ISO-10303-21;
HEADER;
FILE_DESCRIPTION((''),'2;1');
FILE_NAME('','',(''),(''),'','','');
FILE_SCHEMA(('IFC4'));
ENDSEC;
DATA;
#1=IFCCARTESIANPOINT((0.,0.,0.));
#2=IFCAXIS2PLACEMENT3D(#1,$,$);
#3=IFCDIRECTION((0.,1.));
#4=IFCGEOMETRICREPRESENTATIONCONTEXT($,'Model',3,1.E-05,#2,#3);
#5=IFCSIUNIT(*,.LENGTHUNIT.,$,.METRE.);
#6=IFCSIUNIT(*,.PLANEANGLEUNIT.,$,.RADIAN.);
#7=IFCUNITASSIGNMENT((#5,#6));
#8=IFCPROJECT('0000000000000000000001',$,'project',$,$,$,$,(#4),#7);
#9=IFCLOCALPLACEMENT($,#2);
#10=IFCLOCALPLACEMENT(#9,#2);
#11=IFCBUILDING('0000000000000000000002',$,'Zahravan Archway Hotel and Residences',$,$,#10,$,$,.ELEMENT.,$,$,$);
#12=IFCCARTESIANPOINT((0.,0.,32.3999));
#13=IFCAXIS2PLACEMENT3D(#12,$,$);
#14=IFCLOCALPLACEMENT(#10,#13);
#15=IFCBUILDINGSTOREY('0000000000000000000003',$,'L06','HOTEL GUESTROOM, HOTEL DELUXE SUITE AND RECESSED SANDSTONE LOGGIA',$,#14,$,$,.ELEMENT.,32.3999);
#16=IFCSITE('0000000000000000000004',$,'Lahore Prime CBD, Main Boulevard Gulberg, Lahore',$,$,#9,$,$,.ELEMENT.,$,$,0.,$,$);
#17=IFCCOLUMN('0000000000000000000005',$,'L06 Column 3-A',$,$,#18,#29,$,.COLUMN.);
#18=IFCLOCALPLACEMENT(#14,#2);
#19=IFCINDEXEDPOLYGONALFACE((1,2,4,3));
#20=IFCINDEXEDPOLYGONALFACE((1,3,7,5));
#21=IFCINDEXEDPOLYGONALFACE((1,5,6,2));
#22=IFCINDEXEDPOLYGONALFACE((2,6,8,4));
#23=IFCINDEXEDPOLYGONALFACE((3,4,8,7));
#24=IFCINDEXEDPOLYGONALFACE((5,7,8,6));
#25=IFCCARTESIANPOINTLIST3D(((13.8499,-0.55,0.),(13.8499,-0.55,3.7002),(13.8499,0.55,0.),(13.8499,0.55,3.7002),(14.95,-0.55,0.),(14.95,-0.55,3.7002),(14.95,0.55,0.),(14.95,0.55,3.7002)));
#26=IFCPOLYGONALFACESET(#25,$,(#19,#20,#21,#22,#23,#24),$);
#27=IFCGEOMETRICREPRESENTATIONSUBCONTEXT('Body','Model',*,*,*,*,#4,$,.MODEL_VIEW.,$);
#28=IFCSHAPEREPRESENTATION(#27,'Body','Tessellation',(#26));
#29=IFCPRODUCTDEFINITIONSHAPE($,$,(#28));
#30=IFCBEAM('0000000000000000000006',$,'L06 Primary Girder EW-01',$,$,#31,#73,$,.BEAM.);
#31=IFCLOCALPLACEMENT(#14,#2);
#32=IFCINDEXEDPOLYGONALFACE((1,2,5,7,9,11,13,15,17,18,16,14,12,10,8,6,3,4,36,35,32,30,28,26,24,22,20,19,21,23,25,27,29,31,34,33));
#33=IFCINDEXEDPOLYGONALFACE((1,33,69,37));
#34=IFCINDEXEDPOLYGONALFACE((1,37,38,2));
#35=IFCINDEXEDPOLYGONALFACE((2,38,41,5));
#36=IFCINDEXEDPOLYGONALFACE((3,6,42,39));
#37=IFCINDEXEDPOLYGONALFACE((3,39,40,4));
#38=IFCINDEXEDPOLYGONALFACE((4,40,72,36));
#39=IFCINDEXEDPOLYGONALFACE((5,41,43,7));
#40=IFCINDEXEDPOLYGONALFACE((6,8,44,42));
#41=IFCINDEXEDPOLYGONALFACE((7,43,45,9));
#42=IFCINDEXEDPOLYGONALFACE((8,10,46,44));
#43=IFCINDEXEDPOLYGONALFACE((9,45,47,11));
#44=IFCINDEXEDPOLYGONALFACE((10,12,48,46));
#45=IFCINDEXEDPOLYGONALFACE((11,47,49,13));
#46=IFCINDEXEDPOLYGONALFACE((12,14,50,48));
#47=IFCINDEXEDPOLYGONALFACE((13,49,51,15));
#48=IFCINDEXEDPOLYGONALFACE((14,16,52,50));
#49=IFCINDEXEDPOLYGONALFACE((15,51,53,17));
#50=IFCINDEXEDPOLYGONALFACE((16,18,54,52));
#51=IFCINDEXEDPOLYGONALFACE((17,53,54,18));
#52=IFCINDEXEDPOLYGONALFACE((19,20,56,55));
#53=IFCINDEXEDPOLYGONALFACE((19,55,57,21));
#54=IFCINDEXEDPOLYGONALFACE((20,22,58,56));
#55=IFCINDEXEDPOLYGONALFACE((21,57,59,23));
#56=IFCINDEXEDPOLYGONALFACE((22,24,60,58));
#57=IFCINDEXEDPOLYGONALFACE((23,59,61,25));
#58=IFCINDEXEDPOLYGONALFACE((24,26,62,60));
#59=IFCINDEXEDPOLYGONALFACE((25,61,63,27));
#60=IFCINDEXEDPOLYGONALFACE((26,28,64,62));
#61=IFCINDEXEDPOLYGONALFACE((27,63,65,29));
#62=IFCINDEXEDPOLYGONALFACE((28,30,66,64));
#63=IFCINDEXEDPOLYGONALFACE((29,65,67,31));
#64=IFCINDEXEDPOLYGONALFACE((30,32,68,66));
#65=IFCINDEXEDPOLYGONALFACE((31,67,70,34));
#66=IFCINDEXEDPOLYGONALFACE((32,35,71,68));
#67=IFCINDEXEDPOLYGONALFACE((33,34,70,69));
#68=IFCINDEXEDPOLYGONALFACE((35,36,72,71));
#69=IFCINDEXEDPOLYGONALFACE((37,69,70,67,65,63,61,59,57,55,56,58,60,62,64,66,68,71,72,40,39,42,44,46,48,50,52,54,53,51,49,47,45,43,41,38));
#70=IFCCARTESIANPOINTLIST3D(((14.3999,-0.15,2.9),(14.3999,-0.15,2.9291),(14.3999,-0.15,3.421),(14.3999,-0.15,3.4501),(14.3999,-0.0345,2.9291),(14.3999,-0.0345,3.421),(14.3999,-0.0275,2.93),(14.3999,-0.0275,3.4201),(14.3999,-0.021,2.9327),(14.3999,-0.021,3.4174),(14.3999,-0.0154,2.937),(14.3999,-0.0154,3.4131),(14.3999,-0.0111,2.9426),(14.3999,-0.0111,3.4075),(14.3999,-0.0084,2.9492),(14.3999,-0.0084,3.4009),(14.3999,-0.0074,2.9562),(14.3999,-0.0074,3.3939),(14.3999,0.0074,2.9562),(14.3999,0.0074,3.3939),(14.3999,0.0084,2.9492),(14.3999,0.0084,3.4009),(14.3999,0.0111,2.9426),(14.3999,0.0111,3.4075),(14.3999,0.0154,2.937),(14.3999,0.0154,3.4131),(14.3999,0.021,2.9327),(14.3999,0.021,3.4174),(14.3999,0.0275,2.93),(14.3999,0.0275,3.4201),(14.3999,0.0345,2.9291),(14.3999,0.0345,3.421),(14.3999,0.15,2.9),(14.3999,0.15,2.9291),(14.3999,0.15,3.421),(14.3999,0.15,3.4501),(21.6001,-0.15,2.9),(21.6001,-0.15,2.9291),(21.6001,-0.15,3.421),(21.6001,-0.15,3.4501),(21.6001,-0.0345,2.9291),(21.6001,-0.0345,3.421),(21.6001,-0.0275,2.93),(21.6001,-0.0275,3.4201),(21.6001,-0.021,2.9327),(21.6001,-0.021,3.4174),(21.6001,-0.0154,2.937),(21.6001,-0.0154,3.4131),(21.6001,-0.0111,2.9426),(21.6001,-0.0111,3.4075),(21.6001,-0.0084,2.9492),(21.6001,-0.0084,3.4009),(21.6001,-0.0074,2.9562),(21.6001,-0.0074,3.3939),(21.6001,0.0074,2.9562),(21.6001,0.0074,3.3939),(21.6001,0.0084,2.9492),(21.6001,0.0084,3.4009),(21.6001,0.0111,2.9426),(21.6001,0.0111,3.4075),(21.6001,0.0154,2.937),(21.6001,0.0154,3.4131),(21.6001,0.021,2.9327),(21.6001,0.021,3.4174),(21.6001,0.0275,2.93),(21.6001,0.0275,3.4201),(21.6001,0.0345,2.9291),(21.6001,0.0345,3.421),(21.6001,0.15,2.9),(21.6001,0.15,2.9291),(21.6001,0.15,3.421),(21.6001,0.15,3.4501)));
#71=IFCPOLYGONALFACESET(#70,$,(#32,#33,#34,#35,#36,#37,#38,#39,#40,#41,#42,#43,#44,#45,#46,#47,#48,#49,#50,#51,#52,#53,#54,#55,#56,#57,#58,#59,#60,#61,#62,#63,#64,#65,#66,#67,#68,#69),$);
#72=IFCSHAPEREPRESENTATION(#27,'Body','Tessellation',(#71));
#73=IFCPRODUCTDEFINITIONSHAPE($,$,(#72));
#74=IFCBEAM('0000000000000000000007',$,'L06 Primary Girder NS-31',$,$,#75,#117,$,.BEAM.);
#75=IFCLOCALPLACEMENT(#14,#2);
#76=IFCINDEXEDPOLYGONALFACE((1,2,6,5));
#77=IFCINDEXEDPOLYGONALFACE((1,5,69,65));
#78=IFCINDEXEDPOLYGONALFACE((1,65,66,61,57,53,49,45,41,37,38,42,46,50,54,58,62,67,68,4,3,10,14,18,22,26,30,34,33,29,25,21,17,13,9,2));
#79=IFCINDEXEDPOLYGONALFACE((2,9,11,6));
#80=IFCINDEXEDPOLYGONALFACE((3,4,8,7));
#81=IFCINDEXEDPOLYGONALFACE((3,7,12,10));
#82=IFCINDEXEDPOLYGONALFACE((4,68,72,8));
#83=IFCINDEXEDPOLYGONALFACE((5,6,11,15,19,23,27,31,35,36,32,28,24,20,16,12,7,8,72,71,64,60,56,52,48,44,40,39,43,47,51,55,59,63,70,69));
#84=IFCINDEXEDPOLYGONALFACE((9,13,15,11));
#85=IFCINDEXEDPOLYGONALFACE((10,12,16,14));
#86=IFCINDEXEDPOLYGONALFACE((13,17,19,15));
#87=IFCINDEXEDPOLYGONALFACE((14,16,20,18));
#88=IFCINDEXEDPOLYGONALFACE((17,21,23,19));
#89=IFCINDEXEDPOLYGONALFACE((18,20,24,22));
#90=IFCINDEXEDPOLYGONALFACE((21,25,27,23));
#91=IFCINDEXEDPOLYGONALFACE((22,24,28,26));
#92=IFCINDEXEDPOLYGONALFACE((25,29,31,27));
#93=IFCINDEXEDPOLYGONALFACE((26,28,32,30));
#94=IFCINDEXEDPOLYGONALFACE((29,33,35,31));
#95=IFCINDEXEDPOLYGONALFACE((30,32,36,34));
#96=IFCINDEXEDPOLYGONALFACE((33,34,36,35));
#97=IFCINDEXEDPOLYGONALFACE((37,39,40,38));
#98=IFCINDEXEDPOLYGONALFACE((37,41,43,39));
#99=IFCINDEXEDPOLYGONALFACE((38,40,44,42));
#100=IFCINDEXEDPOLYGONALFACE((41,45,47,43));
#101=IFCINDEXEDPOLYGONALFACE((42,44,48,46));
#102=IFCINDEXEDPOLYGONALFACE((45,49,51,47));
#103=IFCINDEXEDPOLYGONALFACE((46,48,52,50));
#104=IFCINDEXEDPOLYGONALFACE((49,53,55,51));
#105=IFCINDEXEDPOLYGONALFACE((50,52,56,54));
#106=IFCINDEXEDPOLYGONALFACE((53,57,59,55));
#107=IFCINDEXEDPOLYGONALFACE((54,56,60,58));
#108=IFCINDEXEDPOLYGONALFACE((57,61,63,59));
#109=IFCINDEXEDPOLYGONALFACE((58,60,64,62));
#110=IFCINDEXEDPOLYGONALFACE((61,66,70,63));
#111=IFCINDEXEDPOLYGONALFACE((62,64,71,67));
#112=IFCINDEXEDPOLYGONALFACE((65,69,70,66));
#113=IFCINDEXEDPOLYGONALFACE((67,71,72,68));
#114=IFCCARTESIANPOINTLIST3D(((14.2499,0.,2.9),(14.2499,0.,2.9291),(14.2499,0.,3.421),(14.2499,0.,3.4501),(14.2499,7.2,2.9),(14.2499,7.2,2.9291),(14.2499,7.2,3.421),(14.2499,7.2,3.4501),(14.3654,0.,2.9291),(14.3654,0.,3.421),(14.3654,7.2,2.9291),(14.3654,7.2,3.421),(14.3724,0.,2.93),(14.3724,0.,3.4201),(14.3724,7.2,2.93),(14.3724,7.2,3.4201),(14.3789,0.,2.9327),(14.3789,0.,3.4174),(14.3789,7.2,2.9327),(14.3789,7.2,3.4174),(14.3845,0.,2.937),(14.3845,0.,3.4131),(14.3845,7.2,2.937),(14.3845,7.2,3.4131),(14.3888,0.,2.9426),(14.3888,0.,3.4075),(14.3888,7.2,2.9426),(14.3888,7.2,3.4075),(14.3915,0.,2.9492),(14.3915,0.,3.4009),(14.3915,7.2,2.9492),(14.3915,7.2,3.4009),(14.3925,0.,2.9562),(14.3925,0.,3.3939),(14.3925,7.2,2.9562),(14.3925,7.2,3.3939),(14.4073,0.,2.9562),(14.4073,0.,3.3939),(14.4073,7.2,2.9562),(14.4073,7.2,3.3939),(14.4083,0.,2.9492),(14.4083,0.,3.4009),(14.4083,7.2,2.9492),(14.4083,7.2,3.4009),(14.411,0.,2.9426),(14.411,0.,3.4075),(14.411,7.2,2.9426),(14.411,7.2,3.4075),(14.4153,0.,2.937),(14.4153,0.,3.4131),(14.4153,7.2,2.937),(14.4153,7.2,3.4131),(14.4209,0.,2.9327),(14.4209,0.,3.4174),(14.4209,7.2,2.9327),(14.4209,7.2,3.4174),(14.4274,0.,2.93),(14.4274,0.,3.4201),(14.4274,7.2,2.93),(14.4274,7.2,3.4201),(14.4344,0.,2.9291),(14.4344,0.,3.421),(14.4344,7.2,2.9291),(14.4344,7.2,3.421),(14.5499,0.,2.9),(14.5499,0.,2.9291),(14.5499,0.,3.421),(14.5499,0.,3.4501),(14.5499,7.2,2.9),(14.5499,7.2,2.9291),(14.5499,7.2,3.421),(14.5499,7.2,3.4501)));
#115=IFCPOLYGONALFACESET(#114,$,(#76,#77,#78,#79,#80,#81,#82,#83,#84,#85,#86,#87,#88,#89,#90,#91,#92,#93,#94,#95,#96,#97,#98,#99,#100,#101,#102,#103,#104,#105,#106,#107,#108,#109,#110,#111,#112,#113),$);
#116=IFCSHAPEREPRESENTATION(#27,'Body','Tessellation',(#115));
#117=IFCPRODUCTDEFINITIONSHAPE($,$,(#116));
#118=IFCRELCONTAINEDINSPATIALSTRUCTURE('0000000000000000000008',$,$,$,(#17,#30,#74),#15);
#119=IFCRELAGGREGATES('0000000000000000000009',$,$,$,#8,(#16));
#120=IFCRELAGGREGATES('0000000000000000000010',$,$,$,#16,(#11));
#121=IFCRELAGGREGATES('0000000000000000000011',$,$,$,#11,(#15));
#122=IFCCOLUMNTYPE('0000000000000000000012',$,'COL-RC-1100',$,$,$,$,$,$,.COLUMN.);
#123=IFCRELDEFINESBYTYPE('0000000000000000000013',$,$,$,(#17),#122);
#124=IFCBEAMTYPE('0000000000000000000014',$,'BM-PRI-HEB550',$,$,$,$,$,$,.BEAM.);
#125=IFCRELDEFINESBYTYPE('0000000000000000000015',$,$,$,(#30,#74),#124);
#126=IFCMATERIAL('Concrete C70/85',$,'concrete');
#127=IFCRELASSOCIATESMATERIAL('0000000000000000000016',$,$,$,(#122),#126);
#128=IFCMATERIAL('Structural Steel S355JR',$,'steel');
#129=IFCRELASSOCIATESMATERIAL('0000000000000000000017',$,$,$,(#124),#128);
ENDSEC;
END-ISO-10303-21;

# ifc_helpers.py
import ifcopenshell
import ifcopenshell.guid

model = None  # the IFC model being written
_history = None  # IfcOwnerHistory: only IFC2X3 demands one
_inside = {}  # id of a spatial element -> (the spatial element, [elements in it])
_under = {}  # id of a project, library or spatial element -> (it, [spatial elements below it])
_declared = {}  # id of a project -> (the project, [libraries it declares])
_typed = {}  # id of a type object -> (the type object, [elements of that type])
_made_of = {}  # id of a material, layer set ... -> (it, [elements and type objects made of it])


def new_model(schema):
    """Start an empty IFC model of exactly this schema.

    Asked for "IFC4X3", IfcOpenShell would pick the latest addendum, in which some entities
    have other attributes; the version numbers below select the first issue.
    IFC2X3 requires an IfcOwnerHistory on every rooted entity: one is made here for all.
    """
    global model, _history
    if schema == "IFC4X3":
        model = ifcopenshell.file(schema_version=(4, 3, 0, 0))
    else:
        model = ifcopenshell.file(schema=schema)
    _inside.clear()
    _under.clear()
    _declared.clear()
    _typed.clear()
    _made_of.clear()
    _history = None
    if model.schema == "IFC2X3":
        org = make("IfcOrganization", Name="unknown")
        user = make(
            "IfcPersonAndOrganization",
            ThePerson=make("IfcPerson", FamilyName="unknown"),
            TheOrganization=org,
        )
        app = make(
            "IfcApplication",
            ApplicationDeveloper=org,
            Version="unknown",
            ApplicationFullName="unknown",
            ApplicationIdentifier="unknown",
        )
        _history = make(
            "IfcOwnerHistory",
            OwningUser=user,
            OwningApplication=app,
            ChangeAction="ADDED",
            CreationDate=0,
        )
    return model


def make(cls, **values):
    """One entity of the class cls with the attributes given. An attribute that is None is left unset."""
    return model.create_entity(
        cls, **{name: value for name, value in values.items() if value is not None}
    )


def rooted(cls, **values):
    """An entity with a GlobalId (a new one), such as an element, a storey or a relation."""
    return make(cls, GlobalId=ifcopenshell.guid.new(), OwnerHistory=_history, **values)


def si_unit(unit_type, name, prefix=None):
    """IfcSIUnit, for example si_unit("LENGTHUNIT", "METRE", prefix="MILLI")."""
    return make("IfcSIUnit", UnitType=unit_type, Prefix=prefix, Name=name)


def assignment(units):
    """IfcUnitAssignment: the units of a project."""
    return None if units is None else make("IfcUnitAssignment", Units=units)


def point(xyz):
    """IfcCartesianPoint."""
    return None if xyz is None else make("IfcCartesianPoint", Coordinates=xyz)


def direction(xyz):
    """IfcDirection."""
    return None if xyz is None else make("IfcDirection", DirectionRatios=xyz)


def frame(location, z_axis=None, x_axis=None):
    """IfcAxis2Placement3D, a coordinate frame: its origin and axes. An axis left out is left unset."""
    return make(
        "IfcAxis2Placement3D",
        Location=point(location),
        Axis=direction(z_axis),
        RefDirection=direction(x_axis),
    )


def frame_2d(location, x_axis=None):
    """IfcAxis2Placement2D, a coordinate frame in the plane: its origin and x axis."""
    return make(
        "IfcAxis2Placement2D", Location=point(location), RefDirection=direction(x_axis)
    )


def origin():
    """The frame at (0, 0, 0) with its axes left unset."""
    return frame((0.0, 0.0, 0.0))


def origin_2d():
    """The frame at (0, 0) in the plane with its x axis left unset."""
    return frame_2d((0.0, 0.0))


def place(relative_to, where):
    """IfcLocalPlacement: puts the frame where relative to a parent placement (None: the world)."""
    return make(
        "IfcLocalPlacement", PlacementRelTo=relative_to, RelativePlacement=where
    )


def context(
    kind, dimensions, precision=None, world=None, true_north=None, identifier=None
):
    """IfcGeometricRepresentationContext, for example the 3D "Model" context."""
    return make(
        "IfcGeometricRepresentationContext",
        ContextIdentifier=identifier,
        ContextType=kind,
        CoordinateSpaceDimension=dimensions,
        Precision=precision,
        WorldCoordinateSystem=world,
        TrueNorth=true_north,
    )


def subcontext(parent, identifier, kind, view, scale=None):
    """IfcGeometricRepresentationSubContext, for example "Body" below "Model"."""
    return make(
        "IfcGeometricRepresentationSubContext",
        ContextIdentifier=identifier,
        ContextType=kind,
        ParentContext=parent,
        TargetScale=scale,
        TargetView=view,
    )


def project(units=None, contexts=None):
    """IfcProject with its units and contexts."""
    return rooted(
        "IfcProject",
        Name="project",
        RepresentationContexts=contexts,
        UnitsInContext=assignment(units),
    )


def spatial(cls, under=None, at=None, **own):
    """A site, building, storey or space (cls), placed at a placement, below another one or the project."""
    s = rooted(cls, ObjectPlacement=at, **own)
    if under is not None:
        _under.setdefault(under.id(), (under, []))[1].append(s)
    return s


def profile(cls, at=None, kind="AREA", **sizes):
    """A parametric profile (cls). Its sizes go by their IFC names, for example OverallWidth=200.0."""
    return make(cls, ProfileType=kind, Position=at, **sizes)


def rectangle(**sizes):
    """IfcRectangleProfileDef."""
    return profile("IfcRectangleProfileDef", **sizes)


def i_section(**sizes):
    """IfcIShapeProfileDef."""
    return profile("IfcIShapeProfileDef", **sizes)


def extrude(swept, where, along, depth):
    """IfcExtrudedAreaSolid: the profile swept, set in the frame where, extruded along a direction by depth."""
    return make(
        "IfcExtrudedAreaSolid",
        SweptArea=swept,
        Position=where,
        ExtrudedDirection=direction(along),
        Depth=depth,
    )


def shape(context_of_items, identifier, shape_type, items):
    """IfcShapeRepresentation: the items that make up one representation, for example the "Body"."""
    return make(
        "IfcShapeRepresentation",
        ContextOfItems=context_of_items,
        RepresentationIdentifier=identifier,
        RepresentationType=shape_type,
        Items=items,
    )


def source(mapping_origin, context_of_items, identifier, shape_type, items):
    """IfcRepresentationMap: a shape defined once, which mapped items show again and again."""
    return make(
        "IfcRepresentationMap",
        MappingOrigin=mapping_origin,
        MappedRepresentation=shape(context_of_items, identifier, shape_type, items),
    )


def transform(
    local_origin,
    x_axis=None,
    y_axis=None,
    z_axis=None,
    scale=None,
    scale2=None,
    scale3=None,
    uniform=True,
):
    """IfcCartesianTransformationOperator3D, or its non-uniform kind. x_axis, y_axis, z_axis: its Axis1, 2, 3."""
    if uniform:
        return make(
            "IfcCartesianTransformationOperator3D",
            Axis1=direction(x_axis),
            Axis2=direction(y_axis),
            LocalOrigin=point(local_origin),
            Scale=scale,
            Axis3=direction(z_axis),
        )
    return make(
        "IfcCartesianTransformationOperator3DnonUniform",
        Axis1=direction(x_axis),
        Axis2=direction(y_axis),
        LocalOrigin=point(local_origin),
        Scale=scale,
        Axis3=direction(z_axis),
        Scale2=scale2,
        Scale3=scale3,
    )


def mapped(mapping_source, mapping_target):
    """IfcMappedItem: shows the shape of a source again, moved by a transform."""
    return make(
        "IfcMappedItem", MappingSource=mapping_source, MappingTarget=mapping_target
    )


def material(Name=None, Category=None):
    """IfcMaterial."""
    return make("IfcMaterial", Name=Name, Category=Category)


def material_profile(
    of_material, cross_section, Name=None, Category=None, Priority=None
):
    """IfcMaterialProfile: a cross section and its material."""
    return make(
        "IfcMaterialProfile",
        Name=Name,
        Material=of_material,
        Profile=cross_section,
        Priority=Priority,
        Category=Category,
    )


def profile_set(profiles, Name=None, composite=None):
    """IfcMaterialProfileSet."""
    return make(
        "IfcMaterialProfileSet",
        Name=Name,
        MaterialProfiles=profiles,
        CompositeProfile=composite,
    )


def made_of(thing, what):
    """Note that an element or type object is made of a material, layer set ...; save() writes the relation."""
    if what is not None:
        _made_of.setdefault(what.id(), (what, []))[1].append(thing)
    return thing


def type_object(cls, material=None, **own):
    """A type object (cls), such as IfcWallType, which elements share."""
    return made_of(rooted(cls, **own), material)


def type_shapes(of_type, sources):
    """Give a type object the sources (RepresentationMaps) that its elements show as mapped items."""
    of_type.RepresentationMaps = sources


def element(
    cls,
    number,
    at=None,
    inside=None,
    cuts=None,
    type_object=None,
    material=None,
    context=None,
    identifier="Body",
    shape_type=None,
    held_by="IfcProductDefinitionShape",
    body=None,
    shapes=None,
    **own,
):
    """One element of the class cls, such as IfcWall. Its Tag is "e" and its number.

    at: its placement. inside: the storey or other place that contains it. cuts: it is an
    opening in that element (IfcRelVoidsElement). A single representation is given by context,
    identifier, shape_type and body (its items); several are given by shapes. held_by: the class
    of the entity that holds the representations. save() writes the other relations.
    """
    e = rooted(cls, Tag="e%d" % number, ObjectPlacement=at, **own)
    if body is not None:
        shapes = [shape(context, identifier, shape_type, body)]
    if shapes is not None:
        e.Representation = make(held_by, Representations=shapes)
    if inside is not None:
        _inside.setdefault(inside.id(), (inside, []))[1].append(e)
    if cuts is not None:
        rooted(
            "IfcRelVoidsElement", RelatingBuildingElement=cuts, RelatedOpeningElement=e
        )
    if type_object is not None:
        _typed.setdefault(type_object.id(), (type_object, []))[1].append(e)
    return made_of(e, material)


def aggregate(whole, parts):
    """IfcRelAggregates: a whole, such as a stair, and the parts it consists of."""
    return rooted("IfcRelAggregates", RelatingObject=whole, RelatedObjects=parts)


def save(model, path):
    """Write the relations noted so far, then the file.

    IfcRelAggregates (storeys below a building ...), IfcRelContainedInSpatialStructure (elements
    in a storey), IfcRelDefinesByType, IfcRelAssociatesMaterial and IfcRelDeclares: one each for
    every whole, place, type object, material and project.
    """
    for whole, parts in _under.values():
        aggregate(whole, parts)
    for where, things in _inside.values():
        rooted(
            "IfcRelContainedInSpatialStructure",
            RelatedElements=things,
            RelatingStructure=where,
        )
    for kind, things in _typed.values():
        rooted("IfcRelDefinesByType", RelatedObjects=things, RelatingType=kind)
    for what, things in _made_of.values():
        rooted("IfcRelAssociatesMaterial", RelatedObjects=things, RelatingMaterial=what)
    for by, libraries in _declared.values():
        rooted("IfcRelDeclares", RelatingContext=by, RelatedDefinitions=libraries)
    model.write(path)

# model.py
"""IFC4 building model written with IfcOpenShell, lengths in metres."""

from ifc_helpers import new_model, si_unit, direction, frame, origin, origin_2d, place, context, subcontext, project, spatial, rectangle, i_section, extrude, source, transform, mapped, material, material_profile, profile_set, type_object, type_shapes, element, save


model = new_model("IFC4")

# Units and contexts
model_context = context("Model", 3, precision=1e-05, world=origin(), true_north=direction((0.0, 1.0)))
body_context = subcontext(model_context, "Body", "Model", "MODEL_VIEW")
ifc_project = project(units=[si_unit("LENGTHUNIT", "METRE"), si_unit("PLANEANGLEUNIT", "RADIAN")], contexts=[model_context])

# Site, building, storey
site_placement = place(None, origin())
site = spatial("IfcSite", under=ifc_project, at=site_placement, Name="Lahore Prime CBD, Main Boulevard Gulberg, Lahore", CompositionType="ELEMENT", RefElevation=0.0)
building_placement = place(site_placement, origin())
building = spatial("IfcBuilding", under=site, at=building_placement, Name="Zahravan Archway Hotel and Residences", CompositionType="ELEMENT")
storey_placement = place(building_placement, frame((0.0, 0.0, 32.3999)))
storey = spatial("IfcBuildingStorey", under=building, at=storey_placement, Name="L06", Description="HOTEL GUESTROOM, HOTEL DELUXE SUITE AND RECESSED SANDSTONE LOGGIA", CompositionType="ELEMENT", Elevation=32.3999)

# Column
ifc_material_1 = material(Name="Concrete C70/85", Category="concrete")
ifc_material_profile_1 = material_profile(ifc_material_1, rectangle(XDim=1.1001, YDim=1.1001, at=origin_2d()), Name="RC 1100x1100", Category="concrete")
ifc_profile_set_1 = profile_set([ifc_material_profile_1], Name="Concrete C70/85")
column_type = type_object("IfcColumnType", Name="COL-RC-1100", PredefinedType="COLUMN", material=ifc_profile_set_1)
shared_shape_1 = source(origin(), body_context, "Body", "SweptSolid", [
    extrude(rectangle(XDim=1.1001, YDim=1.1001, at=origin_2d()), origin(), (0.0, 0.0, 1.0), 3.7002),
])
column_placement = place(storey_placement, frame((14.3999, 0.0, 0.0), z_axis=(0.0, 0.0, 1.0), x_axis=(1.0, 0.0, 0.0)))
element("IfcColumn", 1, at=column_placement, inside=storey, type_object=column_type, Name="L06 Column 3-A", PredefinedType="COLUMN", context=body_context, shape_type="MappedRepresentation", body=[
    mapped(shared_shape_1, transform((0.0, 0.0, 0.0), scale=1.0)),
])

# Beams
ifc_material_2 = material(Name="Structural Steel S355JR", Category="steel")
ifc_material_profile_2 = material_profile(ifc_material_2, i_section(OverallWidth=0.3, OverallDepth=0.55, WebThickness=0.0149, FlangeThickness=0.0291, FilletRadius=0.0271, at=origin_2d()), Name="HEB 550", Category="steel")
ifc_profile_set_2 = profile_set([ifc_material_profile_2], Name="Structural Steel S355JR")
beam_type = type_object("IfcBeamType", Name="BM-PRI-HEB550", PredefinedType="BEAM", material=ifc_profile_set_2)
shared_shape_2 = source(origin(), body_context, "Body", "SweptSolid", [
    extrude(i_section(OverallWidth=0.3, OverallDepth=0.55, WebThickness=0.0149, FlangeThickness=0.0291, FilletRadius=0.0271, at=origin_2d()), origin(), (0.0, 0.0, 1.0), 7.2002),
])
type_shapes(beam_type, [shared_shape_2])
beam_1_placement = place(storey_placement, frame((14.3999, 0.0, 3.175), z_axis=(1.0, 0.0, 0.0), x_axis=(0.0, 1.0, 0.0)))
element("IfcBeam", 2, at=beam_1_placement, inside=storey, type_object=beam_type, Name="L06 Primary Girder EW-01", PredefinedType="BEAM", context=body_context, shape_type="MappedRepresentation", body=[
    mapped(shared_shape_2, transform((0.0, 0.0, 0.0), scale=1.0)),
])
shared_shape_3 = source(origin(), body_context, "Body", "SweptSolid", [
    extrude(i_section(OverallWidth=0.3, OverallDepth=0.55, WebThickness=0.0149, FlangeThickness=0.0291, FilletRadius=0.0271, at=origin_2d()), origin(), (0.0, 0.0, 1.0), 7.2),
])
beam_2_placement = place(storey_placement, frame((14.3999, 0.0, 3.175), z_axis=(0.0, 1.0, 0.0), x_axis=(-1.0, 0.0, 0.0)))
element("IfcBeam", 3, at=beam_2_placement, inside=storey, type_object=beam_type, Name="L06 Primary Girder NS-31", PredefinedType="BEAM", context=body_context, shape_type="MappedRepresentation", body=[
    mapped(shared_shape_3, transform((0.0, 0.0, 0.0), scale=1.0)),
])

save(model, "model.ifc")
